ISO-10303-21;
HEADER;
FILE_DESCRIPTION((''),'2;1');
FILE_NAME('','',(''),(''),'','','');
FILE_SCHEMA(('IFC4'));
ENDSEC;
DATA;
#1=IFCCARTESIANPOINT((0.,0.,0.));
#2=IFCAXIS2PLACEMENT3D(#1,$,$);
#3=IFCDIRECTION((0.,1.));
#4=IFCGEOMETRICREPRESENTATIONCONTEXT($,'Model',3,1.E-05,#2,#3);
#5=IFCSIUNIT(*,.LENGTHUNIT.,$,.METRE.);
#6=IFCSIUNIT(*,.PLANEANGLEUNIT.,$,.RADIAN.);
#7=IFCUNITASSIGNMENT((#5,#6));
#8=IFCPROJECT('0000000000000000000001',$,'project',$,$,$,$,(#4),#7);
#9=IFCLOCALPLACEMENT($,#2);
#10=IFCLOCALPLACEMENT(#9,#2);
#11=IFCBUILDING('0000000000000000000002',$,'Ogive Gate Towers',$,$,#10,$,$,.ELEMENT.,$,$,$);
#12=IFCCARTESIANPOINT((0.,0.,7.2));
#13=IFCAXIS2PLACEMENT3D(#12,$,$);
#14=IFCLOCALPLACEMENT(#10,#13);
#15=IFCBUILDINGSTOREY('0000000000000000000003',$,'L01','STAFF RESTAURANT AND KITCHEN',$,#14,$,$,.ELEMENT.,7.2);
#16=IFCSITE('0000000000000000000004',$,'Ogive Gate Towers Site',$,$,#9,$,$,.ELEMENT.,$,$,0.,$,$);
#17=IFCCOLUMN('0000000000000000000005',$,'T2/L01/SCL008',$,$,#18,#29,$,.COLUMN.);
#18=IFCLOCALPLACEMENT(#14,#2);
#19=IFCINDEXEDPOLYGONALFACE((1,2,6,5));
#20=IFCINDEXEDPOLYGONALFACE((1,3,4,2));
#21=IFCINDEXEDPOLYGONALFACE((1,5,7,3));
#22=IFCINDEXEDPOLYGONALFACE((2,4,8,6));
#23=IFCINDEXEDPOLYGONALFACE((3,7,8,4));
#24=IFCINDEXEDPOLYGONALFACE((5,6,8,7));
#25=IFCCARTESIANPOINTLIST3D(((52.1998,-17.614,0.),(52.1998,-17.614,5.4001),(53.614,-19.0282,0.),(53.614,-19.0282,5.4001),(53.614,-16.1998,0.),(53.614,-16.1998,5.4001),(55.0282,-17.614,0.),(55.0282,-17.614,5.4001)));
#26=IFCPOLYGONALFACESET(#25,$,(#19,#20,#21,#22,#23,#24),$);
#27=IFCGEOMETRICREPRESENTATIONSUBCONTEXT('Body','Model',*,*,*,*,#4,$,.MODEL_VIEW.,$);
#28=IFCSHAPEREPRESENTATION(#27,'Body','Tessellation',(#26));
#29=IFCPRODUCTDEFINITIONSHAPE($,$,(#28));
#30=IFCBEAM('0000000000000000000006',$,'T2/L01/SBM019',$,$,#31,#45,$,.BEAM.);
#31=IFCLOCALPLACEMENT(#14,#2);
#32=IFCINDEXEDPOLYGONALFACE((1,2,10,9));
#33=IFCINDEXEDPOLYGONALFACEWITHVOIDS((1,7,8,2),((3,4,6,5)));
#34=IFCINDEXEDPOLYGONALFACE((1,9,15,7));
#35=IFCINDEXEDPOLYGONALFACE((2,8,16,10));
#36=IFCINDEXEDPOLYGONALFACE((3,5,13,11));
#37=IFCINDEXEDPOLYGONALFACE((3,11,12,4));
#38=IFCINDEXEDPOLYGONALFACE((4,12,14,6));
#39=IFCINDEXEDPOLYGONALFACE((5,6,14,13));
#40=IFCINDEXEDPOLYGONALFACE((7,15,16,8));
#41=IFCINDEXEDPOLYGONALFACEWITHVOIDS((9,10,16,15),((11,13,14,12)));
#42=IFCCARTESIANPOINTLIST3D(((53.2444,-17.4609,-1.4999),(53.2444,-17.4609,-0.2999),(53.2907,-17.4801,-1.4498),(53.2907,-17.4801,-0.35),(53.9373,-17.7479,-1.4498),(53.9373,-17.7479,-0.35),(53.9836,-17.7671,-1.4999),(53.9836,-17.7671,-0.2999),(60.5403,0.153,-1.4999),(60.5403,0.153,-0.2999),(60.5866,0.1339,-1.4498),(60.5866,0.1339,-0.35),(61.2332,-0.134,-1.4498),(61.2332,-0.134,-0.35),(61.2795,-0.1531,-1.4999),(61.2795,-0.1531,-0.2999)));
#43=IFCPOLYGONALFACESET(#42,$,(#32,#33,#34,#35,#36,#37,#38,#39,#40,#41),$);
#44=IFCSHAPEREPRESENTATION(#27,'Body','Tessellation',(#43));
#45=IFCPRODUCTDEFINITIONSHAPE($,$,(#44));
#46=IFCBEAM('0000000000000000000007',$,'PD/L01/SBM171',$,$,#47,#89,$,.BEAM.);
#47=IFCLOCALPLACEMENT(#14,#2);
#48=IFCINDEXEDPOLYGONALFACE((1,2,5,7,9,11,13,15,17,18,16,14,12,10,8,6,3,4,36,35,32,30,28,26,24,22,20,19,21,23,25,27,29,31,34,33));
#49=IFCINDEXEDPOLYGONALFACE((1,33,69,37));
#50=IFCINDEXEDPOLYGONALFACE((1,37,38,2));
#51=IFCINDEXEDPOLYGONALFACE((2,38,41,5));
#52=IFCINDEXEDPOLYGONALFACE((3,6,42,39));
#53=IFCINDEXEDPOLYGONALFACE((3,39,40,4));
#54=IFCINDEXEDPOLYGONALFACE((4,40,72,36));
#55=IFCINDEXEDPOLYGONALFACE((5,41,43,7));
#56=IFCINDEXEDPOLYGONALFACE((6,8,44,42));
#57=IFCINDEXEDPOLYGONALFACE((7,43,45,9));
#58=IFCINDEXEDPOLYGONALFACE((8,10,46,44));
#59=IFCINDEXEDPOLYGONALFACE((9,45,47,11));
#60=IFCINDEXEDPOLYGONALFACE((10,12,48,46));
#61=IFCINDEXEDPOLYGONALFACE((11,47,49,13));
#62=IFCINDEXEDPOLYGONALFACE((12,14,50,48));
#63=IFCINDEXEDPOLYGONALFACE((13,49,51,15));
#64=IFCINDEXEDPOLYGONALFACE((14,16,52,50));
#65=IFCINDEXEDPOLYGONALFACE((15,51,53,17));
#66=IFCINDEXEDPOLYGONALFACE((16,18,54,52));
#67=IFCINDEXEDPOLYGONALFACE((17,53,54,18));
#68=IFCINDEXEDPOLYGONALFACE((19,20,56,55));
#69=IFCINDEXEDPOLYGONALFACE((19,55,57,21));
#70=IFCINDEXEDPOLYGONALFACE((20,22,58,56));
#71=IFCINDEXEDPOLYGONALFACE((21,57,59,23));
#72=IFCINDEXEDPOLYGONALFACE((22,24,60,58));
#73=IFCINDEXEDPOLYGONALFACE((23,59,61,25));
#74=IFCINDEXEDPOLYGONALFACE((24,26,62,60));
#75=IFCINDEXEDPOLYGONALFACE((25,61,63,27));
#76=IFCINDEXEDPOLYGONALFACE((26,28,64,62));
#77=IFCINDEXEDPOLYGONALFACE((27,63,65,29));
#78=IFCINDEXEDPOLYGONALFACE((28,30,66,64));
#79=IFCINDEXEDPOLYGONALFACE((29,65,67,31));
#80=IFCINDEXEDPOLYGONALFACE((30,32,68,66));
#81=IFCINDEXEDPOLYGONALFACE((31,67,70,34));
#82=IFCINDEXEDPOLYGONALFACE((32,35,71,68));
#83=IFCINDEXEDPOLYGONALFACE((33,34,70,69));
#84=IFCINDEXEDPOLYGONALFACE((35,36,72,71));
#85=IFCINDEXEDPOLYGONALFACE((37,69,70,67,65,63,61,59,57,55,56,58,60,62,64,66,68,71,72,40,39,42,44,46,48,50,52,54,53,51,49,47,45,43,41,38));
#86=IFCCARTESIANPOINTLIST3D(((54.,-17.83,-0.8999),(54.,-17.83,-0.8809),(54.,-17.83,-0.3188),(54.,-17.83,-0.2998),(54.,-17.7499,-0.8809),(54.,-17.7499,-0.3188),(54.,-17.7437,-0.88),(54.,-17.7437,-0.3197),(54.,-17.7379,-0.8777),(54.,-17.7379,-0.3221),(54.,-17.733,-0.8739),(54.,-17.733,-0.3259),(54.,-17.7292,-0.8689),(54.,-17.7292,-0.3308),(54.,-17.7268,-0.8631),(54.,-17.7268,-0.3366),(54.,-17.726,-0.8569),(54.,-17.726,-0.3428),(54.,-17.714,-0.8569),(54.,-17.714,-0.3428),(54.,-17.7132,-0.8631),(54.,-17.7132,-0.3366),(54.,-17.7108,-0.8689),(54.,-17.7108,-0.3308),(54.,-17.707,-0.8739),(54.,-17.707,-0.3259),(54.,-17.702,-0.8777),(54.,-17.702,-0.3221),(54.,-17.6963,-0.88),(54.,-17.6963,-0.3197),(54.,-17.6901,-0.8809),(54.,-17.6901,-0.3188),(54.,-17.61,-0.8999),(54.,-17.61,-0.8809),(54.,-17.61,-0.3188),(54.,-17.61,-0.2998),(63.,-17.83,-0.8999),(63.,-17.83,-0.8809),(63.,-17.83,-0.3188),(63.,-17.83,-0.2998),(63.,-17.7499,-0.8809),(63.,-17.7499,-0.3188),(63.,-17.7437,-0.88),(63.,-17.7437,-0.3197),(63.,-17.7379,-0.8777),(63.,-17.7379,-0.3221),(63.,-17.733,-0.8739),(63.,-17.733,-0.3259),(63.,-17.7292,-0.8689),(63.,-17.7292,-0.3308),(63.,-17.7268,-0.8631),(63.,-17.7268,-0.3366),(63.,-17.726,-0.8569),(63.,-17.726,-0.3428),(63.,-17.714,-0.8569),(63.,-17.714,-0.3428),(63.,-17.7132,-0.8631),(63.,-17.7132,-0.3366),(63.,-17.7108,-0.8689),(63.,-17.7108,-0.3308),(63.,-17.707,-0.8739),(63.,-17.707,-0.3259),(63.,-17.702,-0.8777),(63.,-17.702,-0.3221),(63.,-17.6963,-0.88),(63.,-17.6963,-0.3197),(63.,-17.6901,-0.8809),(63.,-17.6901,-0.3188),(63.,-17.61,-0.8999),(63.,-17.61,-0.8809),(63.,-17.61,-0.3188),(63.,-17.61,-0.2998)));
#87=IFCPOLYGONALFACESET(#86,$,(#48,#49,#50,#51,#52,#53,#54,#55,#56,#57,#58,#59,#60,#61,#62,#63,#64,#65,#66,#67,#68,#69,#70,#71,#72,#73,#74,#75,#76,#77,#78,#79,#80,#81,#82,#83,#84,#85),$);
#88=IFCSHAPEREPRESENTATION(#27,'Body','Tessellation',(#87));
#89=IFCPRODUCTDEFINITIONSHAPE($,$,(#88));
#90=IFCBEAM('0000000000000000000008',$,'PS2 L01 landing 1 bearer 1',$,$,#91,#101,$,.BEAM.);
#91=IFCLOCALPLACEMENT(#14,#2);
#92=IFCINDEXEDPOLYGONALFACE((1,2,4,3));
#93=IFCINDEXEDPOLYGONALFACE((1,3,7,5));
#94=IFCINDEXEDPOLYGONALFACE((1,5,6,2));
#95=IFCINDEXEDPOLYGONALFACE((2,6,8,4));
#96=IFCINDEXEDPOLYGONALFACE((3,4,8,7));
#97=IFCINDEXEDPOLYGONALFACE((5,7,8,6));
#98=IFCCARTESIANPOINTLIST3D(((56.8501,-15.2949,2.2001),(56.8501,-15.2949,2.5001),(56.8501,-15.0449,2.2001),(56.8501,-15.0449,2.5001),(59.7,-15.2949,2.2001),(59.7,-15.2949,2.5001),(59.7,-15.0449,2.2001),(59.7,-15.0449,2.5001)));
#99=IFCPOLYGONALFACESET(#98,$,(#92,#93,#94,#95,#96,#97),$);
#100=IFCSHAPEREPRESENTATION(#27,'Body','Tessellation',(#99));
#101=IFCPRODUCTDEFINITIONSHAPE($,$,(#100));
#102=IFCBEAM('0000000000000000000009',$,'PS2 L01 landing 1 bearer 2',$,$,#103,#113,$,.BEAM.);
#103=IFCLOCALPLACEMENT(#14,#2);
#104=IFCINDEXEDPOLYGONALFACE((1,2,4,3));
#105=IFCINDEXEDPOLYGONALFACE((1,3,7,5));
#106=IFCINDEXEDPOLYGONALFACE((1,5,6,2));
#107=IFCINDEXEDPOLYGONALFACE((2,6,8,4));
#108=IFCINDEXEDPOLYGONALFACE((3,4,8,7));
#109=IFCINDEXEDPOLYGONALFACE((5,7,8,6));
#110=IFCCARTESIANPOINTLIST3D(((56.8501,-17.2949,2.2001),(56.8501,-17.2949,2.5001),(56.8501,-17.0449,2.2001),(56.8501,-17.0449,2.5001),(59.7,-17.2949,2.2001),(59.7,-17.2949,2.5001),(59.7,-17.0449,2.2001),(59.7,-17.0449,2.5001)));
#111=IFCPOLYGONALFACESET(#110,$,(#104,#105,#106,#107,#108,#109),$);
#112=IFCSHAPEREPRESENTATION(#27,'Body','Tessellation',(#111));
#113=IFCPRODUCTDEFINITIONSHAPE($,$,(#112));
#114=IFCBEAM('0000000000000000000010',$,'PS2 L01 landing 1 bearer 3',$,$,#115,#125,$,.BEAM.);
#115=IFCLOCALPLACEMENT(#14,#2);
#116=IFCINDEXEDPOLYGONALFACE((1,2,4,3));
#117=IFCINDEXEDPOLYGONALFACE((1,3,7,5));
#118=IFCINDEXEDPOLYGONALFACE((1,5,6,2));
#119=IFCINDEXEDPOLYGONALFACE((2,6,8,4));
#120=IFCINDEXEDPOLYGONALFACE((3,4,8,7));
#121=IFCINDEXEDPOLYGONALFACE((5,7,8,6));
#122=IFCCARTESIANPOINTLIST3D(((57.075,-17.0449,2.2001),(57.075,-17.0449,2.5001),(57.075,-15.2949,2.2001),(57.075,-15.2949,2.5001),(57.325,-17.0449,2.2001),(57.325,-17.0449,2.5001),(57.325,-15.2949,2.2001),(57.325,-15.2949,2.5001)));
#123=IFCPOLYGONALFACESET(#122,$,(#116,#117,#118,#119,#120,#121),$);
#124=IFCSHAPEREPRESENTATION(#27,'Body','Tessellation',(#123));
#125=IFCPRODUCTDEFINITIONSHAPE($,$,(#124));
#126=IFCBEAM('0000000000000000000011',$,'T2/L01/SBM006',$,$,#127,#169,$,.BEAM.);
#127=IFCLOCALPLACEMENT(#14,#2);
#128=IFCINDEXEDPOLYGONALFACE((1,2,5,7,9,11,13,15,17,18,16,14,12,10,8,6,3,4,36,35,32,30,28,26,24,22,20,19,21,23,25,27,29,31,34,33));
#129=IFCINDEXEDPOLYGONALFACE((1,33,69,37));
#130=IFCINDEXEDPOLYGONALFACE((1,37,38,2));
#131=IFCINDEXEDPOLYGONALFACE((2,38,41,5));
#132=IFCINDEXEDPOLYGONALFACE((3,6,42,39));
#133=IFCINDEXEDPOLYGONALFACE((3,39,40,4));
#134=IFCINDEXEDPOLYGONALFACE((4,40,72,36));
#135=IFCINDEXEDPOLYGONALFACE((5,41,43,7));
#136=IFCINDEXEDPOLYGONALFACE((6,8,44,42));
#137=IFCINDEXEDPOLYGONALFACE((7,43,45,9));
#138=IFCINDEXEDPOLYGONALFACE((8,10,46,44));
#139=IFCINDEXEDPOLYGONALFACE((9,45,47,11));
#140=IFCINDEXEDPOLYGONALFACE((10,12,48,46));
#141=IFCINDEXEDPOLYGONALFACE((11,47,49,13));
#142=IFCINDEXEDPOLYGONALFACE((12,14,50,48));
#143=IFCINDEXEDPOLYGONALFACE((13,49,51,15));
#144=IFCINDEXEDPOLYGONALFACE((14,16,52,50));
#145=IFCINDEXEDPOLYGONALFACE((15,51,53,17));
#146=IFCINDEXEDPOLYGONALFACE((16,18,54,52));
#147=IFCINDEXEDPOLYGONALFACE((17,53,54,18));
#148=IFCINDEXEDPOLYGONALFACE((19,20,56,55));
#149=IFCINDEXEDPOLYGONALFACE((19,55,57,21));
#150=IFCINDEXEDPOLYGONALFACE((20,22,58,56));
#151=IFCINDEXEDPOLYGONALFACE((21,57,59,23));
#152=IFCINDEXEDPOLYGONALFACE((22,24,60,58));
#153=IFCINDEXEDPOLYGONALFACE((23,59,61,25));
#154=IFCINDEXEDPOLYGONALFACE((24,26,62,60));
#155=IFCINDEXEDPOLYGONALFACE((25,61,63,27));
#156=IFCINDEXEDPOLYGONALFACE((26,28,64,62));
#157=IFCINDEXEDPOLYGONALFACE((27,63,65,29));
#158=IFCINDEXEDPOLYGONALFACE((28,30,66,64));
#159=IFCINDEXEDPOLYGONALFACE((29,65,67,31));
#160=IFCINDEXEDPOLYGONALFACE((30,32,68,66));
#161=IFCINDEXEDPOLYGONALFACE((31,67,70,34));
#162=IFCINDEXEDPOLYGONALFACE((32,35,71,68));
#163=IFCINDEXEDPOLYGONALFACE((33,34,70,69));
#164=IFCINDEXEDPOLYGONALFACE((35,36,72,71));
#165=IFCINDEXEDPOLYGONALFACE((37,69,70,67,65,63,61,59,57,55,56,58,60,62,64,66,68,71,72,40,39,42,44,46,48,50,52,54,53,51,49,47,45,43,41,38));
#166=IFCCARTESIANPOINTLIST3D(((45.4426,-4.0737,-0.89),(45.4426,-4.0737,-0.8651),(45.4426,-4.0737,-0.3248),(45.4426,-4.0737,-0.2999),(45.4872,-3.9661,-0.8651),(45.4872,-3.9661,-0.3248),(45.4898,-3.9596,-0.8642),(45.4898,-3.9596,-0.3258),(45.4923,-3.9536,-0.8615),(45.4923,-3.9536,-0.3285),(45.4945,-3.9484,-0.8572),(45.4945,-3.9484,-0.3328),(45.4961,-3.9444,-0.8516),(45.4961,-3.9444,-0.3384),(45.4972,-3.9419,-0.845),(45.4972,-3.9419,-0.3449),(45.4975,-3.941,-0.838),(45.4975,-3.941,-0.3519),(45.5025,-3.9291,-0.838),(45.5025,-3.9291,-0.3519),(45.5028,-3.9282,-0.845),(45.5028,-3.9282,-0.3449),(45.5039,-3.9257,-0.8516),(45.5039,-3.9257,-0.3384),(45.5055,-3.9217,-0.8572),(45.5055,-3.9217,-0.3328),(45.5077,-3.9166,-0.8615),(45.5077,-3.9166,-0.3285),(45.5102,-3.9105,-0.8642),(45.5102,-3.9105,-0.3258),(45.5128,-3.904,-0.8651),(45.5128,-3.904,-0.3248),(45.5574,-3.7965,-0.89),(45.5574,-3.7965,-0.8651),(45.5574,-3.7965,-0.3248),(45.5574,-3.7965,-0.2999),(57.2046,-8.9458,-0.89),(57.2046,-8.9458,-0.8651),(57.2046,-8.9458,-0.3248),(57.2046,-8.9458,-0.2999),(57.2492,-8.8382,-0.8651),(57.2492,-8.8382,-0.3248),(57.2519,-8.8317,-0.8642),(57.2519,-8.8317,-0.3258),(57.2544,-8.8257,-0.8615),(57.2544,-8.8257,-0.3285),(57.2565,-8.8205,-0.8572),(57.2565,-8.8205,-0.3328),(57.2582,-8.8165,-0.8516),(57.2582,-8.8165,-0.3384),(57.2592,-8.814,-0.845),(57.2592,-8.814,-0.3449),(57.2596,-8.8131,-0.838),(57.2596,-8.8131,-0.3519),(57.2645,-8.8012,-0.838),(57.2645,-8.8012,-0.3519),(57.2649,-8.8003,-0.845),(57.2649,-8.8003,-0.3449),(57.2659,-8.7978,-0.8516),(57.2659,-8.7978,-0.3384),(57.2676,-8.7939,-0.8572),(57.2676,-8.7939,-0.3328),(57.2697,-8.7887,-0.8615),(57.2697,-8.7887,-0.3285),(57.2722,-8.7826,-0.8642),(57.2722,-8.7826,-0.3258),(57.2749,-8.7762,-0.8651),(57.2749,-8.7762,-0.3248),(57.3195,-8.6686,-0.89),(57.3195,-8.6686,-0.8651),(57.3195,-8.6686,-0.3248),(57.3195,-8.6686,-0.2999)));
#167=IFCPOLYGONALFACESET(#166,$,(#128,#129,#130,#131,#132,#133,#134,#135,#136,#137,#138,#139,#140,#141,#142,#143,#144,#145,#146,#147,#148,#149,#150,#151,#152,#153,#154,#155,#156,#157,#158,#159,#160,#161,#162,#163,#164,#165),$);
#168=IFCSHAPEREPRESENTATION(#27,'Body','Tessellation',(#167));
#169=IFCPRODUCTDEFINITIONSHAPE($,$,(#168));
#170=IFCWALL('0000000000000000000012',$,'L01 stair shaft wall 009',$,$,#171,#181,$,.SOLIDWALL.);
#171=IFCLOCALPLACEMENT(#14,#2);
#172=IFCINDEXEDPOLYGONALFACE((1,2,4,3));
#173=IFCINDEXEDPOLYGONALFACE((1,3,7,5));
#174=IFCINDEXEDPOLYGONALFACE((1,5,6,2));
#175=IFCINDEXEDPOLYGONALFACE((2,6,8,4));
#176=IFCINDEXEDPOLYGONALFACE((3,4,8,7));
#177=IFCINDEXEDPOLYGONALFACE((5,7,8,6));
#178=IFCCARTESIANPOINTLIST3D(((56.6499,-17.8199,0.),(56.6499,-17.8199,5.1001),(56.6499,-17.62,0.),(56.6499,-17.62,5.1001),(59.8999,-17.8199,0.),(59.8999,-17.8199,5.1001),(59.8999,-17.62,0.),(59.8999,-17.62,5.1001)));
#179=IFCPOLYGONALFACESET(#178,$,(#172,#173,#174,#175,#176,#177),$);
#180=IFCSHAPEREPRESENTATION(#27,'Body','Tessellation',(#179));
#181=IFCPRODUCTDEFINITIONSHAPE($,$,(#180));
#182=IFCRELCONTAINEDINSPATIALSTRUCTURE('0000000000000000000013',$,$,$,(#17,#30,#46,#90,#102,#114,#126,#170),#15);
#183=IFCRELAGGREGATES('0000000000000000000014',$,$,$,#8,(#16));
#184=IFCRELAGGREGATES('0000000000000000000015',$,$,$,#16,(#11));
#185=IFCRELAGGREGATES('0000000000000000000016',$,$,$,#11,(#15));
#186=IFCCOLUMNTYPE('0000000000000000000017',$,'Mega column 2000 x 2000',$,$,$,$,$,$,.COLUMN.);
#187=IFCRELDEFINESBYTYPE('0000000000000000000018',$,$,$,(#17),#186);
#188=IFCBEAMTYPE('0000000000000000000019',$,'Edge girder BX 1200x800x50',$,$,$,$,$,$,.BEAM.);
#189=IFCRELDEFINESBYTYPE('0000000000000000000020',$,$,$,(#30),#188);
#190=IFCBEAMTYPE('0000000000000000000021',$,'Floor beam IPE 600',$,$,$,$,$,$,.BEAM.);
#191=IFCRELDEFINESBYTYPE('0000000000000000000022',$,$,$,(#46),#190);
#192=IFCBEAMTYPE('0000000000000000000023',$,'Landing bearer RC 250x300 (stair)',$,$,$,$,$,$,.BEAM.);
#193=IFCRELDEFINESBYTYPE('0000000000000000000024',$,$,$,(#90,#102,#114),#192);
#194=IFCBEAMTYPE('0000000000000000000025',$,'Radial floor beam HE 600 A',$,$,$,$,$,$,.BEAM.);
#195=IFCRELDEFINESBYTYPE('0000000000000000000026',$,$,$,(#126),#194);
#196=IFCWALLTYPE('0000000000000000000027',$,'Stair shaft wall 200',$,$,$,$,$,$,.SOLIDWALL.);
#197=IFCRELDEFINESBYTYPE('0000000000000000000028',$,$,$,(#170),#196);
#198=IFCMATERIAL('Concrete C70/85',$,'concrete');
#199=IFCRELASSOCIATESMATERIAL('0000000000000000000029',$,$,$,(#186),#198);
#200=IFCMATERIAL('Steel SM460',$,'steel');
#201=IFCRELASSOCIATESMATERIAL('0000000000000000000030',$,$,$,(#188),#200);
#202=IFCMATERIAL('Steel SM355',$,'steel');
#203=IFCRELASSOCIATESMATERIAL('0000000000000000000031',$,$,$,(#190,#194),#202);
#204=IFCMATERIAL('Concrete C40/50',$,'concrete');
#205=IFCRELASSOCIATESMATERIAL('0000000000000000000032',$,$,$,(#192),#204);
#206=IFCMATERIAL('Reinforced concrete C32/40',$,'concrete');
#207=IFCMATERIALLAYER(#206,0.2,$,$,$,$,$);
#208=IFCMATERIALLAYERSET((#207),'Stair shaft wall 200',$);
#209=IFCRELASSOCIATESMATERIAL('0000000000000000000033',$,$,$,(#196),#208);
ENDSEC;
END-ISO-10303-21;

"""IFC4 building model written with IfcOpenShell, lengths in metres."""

from ifc_helpers import new_model, si_unit, direction, frame, frame_2d, origin, origin_2d, place, context, subcontext, project, spatial, rectangle, hollow_rectangle, i_section, extrude, material, layer, layer_set, material_profile, profile_set, type_object, element, save


model = new_model("IFC4")

# Units and contexts
model_context = context("Model", 3, precision=1e-05, world=origin(), true_north=direction((0.0, 1.0)))
body_context = subcontext(model_context, "Body", "Model", "MODEL_VIEW")
ifc_project = project(units=[si_unit("LENGTHUNIT", "METRE"), si_unit("PLANEANGLEUNIT", "RADIAN")], contexts=[model_context])

# Site, building, storey
site_placement = place(None, origin())
site = spatial("IfcSite", under=ifc_project, at=site_placement, Name="Ogive Gate Towers Site", CompositionType="ELEMENT", RefElevation=0.0)
building_placement = place(site_placement, origin())
building = spatial("IfcBuilding", under=site, at=building_placement, Name="Ogive Gate Towers", CompositionType="ELEMENT")
storey_placement = place(building_placement, frame((0.0, 0.0, 7.2)))
storey = spatial("IfcBuildingStorey", under=building, at=storey_placement, Name="L01", Description="STAFF RESTAURANT AND KITCHEN", CompositionType="ELEMENT", Elevation=7.2)

# Column
ifc_material_1 = material(Name="Concrete C70/85", Category="concrete")
ifc_material_profile_1 = material_profile(ifc_material_1, rectangle(XDim=2.0, YDim=2.0, at=origin_2d()), Name="RC 2000x2000")
ifc_profile_set_1 = profile_set([ifc_material_profile_1], Name="Concrete C70/85")
column_type = type_object("IfcColumnType", Name="Mega column 2000 x 2000", PredefinedType="COLUMN", material=ifc_profile_set_1)
column_placement = place(storey_placement, frame((53.614, -17.614, 0.0), z_axis=(0.0, 0.0, 1.0), x_axis=(0.707107, -0.707107, 0.0)))
element("IfcColumn", 1, at=column_placement, inside=storey, type_object=column_type, Name="T2/L01/SCL008", PredefinedType="COLUMN", context=body_context, shape_type="SweptSolid", body=[
    extrude(rectangle(XDim=2.0, YDim=2.0, at=origin_2d()), origin(), (0.0, 0.0, 1.0), 5.4001),
])

# Beams
ifc_material_2 = material(Name="Steel SM460", Category="steel")
ifc_material_profile_2 = material_profile(ifc_material_2, hollow_rectangle(XDim=0.8, YDim=1.2, WallThickness=0.05, at=origin_2d()), Name="BX 1200x800x50")
ifc_profile_set_2 = profile_set([ifc_material_profile_2], Name="Steel SM460")
beam_type_1 = type_object("IfcBeamType", Name="Edge girder BX 1200x800x50", PredefinedType="BEAM", material=ifc_profile_set_2)
beam_1_placement = place(storey_placement, frame((53.614, -17.614, -0.8999), z_axis=(0.382681, 0.923881, 0.0), x_axis=(-0.923881, 0.382681, 0.0)))
element("IfcBeam", 2, at=beam_1_placement, inside=storey, type_object=beam_type_1, Name="T2/L01/SBM019", PredefinedType="BEAM", context=body_context, shape_type="SweptSolid", body=[
    extrude(hollow_rectangle(XDim=0.8, YDim=1.2, WallThickness=0.05, at=origin_2d()), origin(), (0.0, 0.0, 1.0), 19.0652),
])
ifc_material_3 = material(Name="Steel SM355", Category="steel")
ifc_material_profile_3 = material_profile(ifc_material_3, i_section(OverallWidth=0.22, OverallDepth=0.6001, WebThickness=0.012, FlangeThickness=0.019, FilletRadius=0.0239, at=origin_2d()), Name="IPE 600")
ifc_profile_set_3 = profile_set([ifc_material_profile_3], Name="Steel SM355")
beam_type_2 = type_object("IfcBeamType", Name="Floor beam IPE 600", PredefinedType="BEAM", material=ifc_profile_set_3)
beam_2_placement = place(storey_placement, frame((54.0, -17.72, -0.5999), z_axis=(1.0, 0.0, 0.0), x_axis=(0.0, 1.0, 0.0)))
element("IfcBeam", 3, at=beam_2_placement, inside=storey, type_object=beam_type_2, Name="PD/L01/SBM171", PredefinedType="BEAM", context=body_context, shape_type="SweptSolid", body=[
    extrude(i_section(OverallWidth=0.22, OverallDepth=0.6001, WebThickness=0.012, FlangeThickness=0.019, FilletRadius=0.0239, at=origin_2d()), origin(), (0.0, 0.0, 1.0), 9.0),
])
ifc_material_4 = material(Name="Concrete C40/50", Category="concrete")
ifc_material_profile_4 = material_profile(ifc_material_4, rectangle(XDim=0.25, YDim=0.3, at=origin_2d()), Name="RC 250x300")
ifc_profile_set_4 = profile_set([ifc_material_profile_4], Name="Concrete C40/50")
beam_type_3 = type_object("IfcBeamType", Name="Landing bearer RC 250x300 (stair)", PredefinedType="BEAM", material=ifc_profile_set_4)
for number, where, z_axis, x_axis, name in (
    (4, (56.8501, -15.1699, 2.3501), (1.0, 0.0, 0.0), (0.0, 1.0, 0.0), "PS2 L01 landing 1 bearer 1"),
    (5, (56.8501, -17.1699, 2.3501), (1.0, 0.0, 0.0), (0.0, 1.0, 0.0), "PS2 L01 landing 1 bearer 2"),
):
    element("IfcBeam", number, at=place(storey_placement, frame(where, z_axis=z_axis, x_axis=x_axis)), inside=storey, type_object=beam_type_3, Name=name, PredefinedType="BEAM", context=body_context, shape_type="SweptSolid", body=[
        extrude(rectangle(XDim=0.25, YDim=0.3, at=origin_2d()), origin(), (0.0, 0.0, 1.0), 2.8499),
    ])
beam_3_placement = place(storey_placement, frame((57.2, -15.2949, 2.3501), z_axis=(0.0, -1.0, 0.0), x_axis=(1.0, 0.0, 0.0)))
element("IfcBeam", 6, at=beam_3_placement, inside=storey, type_object=beam_type_3, Name="PS2 L01 landing 1 bearer 3", PredefinedType="BEAM", context=body_context, shape_type="SweptSolid", body=[
    extrude(rectangle(XDim=0.25, YDim=0.3, at=origin_2d()), origin(), (0.0, 0.0, 1.0), 1.75),
])
ifc_material_profile_5 = material_profile(ifc_material_3, i_section(OverallWidth=0.3, OverallDepth=0.5901, WebThickness=0.0129, FlangeThickness=0.0249, FilletRadius=0.0271, at=origin_2d()), Name="HE 600 A")
ifc_profile_set_5 = profile_set([ifc_material_profile_5], Name="Steel SM355")
beam_type_4 = type_object("IfcBeamType", Name="Radial floor beam HE 600 A", PredefinedType="BEAM", material=ifc_profile_set_5)
beam_4_placement = place(storey_placement, frame((45.5, -3.9351, -0.595), z_axis=(0.923877, -0.382691, 0.0), x_axis=(0.382691, 0.923877, 0.0)))
element("IfcBeam", 7, at=beam_4_placement, inside=storey, type_object=beam_type_4, Name="T2/L01/SBM006", PredefinedType="BEAM", context=body_context, shape_type="SweptSolid", body=[
    extrude(i_section(OverallWidth=0.3, OverallDepth=0.5901, WebThickness=0.0129, FlangeThickness=0.0249, FilletRadius=0.0271, at=origin_2d()), origin(), (0.0, 0.0, 1.0), 12.7312),
])

# Wall
ifc_material_5 = material(Name="Reinforced concrete C32/40", Category="concrete")
ifc_layer = layer(ifc_material_5, 0.2)
ifc_layer_set = layer_set([ifc_layer], Name="Stair shaft wall 200")
wall_type = type_object("IfcWallType", Name="Stair shaft wall 200", PredefinedType="SOLIDWALL", material=ifc_layer_set)
wall_1_placement = place(storey_placement, frame((56.6499, -17.72, 0.0), z_axis=(0.0, 0.0, 1.0), x_axis=(1.0, 0.0, 0.0)))
element("IfcWall", 8, at=wall_1_placement, inside=storey, type_object=wall_type, Name="L01 stair shaft wall 009", PredefinedType="SOLIDWALL", context=body_context, shape_type="SweptSolid", body=[
    extrude(rectangle(XDim=3.25, YDim=0.2, at=frame_2d((1.625, 0.0))), origin(), (0.0, 0.0, 1.0), 5.1001),
])

save(model, "model.ifc")
